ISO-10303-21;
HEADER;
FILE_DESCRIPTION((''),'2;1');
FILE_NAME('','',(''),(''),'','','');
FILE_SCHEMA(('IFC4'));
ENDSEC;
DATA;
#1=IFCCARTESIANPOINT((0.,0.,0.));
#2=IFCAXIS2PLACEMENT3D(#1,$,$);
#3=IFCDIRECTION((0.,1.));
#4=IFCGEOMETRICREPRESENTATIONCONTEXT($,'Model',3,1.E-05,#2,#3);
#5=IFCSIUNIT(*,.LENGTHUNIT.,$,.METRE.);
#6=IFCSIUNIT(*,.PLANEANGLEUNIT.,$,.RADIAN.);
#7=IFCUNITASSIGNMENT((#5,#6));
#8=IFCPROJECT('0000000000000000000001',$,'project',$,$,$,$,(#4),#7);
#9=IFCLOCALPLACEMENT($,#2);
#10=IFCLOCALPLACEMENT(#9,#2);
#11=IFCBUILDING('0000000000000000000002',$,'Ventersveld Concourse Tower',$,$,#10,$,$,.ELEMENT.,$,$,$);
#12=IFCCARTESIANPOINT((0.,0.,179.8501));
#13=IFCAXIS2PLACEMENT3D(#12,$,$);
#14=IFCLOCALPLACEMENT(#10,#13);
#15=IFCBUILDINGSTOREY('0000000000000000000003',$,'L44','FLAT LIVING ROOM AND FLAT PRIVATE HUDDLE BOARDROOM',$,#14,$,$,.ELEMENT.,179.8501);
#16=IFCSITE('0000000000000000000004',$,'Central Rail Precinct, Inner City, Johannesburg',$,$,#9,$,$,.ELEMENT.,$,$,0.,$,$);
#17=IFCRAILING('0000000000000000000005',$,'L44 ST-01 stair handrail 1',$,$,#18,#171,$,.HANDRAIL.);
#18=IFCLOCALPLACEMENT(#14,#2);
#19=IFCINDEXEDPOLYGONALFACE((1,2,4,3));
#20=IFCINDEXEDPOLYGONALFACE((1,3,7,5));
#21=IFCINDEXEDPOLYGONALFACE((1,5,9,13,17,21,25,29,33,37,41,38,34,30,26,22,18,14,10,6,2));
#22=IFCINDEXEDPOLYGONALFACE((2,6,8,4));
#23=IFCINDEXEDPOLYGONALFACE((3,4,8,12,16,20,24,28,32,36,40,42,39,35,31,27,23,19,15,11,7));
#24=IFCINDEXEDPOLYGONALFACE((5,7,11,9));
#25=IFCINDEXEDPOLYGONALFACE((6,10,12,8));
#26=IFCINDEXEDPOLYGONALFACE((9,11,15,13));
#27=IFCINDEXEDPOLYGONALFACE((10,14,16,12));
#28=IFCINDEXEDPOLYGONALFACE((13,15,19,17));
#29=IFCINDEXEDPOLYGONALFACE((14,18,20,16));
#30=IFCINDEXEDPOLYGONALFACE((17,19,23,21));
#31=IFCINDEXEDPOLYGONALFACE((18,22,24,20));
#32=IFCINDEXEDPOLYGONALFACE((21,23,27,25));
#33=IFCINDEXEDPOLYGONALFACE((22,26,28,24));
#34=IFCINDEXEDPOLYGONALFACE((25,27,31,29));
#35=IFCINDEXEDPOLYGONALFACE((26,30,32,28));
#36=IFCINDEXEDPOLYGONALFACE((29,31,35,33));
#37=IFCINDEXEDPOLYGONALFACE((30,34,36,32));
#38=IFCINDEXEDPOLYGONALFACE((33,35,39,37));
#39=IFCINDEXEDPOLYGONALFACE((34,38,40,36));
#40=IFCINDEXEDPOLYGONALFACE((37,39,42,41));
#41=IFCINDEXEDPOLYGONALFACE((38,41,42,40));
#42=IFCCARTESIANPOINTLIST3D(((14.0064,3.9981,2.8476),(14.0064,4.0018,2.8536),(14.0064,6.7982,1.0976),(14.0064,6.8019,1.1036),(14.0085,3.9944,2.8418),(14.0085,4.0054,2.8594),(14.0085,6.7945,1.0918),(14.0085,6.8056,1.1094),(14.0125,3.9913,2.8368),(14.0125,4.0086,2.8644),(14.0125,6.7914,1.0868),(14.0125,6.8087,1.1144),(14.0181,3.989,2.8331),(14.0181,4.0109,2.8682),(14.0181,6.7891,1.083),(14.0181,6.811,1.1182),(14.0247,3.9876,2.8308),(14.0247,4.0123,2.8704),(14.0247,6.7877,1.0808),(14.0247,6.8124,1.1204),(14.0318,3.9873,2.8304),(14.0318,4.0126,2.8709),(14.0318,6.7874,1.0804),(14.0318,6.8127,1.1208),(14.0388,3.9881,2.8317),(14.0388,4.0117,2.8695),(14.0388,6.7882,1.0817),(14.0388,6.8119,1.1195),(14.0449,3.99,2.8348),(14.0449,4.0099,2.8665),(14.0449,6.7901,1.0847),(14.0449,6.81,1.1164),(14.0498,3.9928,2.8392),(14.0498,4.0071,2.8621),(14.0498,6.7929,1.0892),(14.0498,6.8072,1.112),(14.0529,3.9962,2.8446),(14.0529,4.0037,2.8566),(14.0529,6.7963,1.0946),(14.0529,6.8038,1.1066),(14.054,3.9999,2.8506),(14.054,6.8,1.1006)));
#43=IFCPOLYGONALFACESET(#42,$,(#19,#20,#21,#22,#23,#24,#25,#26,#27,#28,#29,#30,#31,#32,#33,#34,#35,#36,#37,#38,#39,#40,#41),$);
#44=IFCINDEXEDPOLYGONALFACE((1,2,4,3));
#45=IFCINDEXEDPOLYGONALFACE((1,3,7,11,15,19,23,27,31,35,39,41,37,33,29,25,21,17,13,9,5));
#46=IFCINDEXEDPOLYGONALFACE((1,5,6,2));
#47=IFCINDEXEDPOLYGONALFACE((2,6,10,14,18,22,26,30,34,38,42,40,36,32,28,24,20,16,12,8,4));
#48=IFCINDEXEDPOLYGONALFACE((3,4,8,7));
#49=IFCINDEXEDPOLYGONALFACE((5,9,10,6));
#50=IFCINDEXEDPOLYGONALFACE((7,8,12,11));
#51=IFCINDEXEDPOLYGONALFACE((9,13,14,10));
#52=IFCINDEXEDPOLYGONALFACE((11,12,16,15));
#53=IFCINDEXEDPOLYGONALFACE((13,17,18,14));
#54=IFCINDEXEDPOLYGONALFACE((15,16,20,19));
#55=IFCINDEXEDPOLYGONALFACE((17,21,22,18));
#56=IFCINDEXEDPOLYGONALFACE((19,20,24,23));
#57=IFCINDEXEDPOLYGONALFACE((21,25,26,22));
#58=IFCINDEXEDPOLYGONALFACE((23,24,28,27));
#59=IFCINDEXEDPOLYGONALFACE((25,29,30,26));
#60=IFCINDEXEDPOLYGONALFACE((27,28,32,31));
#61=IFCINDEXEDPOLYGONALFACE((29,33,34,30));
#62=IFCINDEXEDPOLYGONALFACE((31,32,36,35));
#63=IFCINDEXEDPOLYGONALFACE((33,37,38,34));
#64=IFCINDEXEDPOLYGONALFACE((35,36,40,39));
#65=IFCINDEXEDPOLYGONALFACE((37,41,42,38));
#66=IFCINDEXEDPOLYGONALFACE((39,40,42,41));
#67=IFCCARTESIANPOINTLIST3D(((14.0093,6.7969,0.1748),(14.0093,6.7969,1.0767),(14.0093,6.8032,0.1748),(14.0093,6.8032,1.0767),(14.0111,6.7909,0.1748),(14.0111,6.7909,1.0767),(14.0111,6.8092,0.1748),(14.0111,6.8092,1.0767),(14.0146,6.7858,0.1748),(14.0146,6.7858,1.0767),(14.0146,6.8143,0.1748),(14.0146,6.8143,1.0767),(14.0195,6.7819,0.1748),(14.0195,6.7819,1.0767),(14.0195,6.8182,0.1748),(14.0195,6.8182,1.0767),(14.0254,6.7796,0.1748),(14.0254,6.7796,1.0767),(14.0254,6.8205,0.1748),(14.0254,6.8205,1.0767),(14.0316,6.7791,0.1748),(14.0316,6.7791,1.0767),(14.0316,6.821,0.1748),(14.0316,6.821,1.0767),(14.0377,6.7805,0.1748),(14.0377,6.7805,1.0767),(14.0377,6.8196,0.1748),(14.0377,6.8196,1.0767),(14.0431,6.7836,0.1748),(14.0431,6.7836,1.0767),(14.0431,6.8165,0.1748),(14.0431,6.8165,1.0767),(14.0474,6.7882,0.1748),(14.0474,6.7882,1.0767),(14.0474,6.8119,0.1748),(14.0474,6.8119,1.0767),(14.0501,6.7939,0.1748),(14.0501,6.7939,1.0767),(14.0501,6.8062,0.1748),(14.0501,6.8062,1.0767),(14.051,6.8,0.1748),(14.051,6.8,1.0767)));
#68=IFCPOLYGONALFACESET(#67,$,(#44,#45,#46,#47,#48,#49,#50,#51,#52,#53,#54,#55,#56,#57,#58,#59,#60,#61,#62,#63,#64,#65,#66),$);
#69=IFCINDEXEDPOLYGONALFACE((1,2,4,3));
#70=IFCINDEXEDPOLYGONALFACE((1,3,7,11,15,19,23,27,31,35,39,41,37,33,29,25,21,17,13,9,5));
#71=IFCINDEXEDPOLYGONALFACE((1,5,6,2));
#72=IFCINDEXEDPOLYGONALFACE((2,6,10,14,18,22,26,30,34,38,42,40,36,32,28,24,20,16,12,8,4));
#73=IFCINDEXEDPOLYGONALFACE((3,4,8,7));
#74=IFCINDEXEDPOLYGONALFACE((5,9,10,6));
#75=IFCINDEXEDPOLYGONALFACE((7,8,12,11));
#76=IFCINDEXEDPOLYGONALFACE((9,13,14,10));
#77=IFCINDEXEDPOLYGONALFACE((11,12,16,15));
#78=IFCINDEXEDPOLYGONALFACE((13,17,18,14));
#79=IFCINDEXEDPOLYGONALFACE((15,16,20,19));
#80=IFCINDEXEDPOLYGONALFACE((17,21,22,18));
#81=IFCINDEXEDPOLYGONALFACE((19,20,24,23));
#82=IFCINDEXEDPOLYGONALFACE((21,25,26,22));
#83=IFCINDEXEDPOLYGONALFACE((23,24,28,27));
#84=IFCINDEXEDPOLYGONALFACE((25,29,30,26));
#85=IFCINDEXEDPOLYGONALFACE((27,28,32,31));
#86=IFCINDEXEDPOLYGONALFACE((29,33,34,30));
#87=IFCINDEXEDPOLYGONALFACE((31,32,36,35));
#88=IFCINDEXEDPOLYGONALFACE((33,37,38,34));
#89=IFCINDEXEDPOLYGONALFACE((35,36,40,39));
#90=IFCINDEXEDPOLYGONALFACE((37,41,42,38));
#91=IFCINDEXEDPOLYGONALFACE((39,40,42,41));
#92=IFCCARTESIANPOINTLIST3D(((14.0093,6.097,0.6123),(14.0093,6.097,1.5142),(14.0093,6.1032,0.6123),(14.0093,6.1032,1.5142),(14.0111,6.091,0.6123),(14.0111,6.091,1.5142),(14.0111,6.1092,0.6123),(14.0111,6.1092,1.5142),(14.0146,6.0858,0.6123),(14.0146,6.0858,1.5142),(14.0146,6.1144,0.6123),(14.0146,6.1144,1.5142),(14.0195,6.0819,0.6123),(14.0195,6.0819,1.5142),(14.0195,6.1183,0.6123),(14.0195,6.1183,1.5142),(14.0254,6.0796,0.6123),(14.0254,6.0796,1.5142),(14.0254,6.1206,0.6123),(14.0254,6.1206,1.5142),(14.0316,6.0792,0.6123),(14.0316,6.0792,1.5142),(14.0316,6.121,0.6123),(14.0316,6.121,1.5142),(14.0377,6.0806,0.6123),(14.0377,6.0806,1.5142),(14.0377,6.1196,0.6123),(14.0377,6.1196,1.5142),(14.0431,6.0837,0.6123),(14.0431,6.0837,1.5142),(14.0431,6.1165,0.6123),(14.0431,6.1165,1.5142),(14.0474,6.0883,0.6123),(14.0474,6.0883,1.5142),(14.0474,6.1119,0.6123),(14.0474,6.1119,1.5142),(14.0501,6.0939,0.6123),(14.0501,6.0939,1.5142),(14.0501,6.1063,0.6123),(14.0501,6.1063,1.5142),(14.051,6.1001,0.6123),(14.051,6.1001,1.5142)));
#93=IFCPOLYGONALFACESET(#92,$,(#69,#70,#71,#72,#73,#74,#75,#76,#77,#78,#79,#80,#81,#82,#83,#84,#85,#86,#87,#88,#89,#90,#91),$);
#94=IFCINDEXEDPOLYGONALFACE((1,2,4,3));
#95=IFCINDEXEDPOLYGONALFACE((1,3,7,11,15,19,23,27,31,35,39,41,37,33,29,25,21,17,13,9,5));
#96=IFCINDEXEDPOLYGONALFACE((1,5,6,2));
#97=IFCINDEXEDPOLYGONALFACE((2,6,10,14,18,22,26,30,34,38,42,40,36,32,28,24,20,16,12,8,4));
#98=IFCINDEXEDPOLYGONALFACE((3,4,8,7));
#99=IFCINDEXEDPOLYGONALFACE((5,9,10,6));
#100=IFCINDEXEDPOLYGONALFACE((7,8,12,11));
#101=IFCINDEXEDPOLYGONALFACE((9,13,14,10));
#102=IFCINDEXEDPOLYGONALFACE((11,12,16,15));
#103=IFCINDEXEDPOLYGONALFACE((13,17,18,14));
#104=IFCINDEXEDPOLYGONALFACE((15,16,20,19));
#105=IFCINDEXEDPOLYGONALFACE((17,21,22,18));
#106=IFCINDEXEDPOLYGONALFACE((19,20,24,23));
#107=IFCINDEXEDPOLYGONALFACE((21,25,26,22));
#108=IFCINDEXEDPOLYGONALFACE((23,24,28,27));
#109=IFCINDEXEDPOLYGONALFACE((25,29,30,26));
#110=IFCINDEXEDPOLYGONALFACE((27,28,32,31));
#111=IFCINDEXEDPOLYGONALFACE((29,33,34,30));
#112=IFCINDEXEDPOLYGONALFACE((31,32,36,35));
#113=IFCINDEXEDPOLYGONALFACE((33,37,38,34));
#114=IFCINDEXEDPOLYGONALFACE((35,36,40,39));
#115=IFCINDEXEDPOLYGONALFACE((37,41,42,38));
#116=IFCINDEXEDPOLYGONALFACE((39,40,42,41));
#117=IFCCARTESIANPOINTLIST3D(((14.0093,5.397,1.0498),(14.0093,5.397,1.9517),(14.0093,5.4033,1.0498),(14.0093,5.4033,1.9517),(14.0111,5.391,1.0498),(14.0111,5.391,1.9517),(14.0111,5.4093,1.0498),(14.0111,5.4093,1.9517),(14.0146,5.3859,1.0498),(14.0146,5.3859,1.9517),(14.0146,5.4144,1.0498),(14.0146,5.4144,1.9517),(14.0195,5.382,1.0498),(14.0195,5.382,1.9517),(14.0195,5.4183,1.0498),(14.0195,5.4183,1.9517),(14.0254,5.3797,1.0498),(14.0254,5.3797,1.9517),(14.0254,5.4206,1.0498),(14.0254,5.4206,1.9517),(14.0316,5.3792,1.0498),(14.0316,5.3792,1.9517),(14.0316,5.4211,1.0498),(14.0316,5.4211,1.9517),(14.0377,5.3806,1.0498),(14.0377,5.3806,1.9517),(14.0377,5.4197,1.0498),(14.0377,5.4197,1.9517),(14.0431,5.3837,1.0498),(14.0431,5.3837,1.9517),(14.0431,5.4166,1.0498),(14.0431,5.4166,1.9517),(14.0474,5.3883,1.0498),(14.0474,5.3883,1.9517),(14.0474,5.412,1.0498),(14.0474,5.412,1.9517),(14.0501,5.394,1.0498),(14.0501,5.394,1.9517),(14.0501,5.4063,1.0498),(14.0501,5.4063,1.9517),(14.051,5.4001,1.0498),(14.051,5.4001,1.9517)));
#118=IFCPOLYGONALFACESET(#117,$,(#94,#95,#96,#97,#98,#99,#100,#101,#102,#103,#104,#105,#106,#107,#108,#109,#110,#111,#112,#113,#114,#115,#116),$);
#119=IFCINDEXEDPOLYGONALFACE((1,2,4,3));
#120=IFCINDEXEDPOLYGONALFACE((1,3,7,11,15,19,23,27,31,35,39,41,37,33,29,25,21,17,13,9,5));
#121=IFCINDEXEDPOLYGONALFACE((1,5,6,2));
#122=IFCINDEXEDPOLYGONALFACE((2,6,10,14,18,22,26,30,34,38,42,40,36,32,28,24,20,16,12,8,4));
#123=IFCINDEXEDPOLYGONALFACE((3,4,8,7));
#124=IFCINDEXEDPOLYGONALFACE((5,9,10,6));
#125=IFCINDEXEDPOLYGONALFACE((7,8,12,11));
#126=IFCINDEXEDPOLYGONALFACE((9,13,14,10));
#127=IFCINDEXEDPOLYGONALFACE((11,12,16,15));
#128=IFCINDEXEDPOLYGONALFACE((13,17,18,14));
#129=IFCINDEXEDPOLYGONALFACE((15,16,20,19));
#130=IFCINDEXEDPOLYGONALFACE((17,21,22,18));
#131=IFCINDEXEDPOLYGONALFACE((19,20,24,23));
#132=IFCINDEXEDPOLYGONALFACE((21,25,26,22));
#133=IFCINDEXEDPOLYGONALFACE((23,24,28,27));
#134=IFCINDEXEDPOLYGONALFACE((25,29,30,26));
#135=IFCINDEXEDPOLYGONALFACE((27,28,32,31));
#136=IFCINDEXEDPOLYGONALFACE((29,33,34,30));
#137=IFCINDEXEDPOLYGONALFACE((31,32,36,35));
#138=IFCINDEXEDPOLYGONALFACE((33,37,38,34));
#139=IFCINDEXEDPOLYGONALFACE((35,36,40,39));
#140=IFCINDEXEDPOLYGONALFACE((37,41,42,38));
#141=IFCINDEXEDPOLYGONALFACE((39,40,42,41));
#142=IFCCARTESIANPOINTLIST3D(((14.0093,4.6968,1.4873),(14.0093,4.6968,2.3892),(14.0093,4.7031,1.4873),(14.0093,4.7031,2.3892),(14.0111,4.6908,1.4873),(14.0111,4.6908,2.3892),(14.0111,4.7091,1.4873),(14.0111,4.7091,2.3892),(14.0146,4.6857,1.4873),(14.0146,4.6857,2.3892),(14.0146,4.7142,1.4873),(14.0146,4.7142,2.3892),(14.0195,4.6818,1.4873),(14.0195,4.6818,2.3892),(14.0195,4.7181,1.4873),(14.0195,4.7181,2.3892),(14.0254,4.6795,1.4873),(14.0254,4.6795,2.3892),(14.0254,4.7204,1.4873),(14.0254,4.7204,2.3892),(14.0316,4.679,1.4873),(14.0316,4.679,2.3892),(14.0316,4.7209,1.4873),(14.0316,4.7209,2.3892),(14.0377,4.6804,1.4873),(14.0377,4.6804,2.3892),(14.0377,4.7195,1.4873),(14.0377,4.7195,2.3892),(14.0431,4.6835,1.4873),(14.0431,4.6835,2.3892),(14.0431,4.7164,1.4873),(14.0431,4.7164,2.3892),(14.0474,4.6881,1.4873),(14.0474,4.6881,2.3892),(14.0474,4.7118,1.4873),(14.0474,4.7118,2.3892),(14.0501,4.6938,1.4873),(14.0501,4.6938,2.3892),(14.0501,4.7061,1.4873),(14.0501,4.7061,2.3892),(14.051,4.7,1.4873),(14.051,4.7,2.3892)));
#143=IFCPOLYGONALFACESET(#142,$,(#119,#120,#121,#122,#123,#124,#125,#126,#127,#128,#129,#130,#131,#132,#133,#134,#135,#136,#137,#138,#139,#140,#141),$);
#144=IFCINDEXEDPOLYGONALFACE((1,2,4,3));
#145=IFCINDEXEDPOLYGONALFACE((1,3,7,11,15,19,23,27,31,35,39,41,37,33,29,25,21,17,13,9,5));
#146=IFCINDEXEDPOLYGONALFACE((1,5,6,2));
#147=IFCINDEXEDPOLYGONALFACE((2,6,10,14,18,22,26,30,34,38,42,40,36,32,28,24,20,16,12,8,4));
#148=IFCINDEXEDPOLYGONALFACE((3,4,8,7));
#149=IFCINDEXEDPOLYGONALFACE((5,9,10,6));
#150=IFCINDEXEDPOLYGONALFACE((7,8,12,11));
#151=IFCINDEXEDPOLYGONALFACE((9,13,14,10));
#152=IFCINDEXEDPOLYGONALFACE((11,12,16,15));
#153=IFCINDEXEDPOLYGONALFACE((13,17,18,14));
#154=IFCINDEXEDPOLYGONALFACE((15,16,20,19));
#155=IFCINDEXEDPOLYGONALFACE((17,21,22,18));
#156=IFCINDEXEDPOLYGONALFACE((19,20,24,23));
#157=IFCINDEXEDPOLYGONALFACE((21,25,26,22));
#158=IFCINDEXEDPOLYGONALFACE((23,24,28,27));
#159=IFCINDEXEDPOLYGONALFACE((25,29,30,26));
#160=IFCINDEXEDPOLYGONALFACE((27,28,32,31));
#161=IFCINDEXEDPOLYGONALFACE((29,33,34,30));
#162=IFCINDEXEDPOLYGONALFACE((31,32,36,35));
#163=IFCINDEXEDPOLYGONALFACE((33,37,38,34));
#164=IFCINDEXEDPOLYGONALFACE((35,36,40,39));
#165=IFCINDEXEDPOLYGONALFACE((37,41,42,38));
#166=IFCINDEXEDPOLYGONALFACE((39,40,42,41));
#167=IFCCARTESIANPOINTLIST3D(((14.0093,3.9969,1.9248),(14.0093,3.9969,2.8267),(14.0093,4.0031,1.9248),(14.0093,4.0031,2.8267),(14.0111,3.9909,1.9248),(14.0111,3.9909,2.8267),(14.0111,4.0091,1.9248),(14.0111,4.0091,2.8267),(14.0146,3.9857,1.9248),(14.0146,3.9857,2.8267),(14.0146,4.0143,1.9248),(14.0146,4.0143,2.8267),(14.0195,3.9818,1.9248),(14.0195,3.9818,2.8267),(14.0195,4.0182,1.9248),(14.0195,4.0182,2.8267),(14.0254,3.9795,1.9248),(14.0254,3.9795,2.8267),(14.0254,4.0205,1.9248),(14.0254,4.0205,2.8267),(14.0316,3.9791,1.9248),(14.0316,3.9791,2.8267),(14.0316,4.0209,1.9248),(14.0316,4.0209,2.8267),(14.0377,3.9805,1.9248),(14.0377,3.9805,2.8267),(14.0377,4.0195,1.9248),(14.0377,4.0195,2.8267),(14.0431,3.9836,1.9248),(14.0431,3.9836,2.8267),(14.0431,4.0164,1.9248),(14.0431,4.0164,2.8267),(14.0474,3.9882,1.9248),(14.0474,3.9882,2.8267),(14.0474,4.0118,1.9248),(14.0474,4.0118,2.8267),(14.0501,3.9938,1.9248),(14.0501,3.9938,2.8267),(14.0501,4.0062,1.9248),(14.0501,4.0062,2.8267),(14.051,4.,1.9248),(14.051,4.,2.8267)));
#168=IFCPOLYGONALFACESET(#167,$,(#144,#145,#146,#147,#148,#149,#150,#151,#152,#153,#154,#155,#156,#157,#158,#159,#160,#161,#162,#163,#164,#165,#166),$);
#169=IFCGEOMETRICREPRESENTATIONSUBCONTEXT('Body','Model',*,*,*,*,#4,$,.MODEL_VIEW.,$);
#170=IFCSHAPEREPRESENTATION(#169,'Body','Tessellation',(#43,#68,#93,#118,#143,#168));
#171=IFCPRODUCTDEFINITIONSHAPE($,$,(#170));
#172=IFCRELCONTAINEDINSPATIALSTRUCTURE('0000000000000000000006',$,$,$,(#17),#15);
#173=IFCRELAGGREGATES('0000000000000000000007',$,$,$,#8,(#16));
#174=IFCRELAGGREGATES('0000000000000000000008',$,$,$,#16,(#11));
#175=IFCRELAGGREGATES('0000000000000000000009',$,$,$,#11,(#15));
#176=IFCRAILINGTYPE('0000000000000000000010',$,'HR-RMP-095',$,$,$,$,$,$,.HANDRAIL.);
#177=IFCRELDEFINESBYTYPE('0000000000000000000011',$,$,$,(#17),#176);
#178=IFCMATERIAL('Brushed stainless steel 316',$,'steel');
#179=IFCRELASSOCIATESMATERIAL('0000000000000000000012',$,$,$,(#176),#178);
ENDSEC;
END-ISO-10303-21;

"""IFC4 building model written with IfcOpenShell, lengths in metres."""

from ifc_helpers import new_model, si_unit, direction, frame, origin, origin_2d, place, context, subcontext, project, spatial, circle, extrude, material, type_object, element, save


model = new_model("IFC4")

# Units and contexts
model_context = context("Model", 3, precision=1e-05, world=origin(), true_north=direction((0.0, 1.0)))
body_context = subcontext(model_context, "Body", "Model", "MODEL_VIEW")
ifc_project = project(units=[si_unit("LENGTHUNIT", "METRE"), si_unit("PLANEANGLEUNIT", "RADIAN")], contexts=[model_context])

# Site, building, storey
site_placement = place(None, origin())
site = spatial("IfcSite", under=ifc_project, at=site_placement, Name="Central Rail Precinct, Inner City, Johannesburg", CompositionType="ELEMENT", RefElevation=0.0)
building_placement = place(site_placement, origin())
building = spatial("IfcBuilding", under=site, at=building_placement, Name="Ventersveld Concourse Tower", CompositionType="ELEMENT")
storey_placement = place(building_placement, frame((0.0, 0.0, 179.8501)))
storey = spatial("IfcBuildingStorey", under=building, at=storey_placement, Name="L44", Description="FLAT LIVING ROOM AND FLAT PRIVATE HUDDLE BOARDROOM", CompositionType="ELEMENT", Elevation=179.8501)

# Railing
ifc_material_1 = material(Name="Brushed stainless steel 316", Category="steel")
railing_type = type_object("IfcRailingType", Name="HR-RMP-095", PredefinedType="HANDRAIL", material=ifc_material_1)
railing_placement = place(storey_placement, frame((14.03, 6.8, 0.1748)))
element("IfcRailing", 1, at=railing_placement, inside=storey, type_object=railing_type, Name="L44 ST-01 stair handrail 1", PredefinedType="HANDRAIL", context=body_context, shape_type="SweptSolid", body=[
    extrude(circle(Radius=0.0239, at=origin_2d()), frame((0.0, 0.0, 0.9258), z_axis=(0.0, -0.848002, 0.529992), x_axis=(1.0, 0.0, 0.0)), (0.0, 0.0, 1.0), 3.302),
    extrude(circle(Radius=0.021, at=origin_2d()), origin(), (0.0, 0.0, 1.0), 0.9019),
    extrude(circle(Radius=0.021, at=origin_2d()), frame((0.0, -0.7, 0.4375)), (0.0, 0.0, 1.0), 0.9019),
    extrude(circle(Radius=0.021, at=origin_2d()), frame((0.0, -1.3999, 0.875)), (0.0, 0.0, 1.0), 0.9019),
    extrude(circle(Radius=0.021, at=origin_2d()), frame((0.0, -2.1001, 1.3125)), (0.0, 0.0, 1.0), 0.9019),
    extrude(circle(Radius=0.021, at=origin_2d()), frame((0.0, -2.8, 1.75)), (0.0, 0.0, 1.0), 0.9019),
])

save(model, "model.ifc")
